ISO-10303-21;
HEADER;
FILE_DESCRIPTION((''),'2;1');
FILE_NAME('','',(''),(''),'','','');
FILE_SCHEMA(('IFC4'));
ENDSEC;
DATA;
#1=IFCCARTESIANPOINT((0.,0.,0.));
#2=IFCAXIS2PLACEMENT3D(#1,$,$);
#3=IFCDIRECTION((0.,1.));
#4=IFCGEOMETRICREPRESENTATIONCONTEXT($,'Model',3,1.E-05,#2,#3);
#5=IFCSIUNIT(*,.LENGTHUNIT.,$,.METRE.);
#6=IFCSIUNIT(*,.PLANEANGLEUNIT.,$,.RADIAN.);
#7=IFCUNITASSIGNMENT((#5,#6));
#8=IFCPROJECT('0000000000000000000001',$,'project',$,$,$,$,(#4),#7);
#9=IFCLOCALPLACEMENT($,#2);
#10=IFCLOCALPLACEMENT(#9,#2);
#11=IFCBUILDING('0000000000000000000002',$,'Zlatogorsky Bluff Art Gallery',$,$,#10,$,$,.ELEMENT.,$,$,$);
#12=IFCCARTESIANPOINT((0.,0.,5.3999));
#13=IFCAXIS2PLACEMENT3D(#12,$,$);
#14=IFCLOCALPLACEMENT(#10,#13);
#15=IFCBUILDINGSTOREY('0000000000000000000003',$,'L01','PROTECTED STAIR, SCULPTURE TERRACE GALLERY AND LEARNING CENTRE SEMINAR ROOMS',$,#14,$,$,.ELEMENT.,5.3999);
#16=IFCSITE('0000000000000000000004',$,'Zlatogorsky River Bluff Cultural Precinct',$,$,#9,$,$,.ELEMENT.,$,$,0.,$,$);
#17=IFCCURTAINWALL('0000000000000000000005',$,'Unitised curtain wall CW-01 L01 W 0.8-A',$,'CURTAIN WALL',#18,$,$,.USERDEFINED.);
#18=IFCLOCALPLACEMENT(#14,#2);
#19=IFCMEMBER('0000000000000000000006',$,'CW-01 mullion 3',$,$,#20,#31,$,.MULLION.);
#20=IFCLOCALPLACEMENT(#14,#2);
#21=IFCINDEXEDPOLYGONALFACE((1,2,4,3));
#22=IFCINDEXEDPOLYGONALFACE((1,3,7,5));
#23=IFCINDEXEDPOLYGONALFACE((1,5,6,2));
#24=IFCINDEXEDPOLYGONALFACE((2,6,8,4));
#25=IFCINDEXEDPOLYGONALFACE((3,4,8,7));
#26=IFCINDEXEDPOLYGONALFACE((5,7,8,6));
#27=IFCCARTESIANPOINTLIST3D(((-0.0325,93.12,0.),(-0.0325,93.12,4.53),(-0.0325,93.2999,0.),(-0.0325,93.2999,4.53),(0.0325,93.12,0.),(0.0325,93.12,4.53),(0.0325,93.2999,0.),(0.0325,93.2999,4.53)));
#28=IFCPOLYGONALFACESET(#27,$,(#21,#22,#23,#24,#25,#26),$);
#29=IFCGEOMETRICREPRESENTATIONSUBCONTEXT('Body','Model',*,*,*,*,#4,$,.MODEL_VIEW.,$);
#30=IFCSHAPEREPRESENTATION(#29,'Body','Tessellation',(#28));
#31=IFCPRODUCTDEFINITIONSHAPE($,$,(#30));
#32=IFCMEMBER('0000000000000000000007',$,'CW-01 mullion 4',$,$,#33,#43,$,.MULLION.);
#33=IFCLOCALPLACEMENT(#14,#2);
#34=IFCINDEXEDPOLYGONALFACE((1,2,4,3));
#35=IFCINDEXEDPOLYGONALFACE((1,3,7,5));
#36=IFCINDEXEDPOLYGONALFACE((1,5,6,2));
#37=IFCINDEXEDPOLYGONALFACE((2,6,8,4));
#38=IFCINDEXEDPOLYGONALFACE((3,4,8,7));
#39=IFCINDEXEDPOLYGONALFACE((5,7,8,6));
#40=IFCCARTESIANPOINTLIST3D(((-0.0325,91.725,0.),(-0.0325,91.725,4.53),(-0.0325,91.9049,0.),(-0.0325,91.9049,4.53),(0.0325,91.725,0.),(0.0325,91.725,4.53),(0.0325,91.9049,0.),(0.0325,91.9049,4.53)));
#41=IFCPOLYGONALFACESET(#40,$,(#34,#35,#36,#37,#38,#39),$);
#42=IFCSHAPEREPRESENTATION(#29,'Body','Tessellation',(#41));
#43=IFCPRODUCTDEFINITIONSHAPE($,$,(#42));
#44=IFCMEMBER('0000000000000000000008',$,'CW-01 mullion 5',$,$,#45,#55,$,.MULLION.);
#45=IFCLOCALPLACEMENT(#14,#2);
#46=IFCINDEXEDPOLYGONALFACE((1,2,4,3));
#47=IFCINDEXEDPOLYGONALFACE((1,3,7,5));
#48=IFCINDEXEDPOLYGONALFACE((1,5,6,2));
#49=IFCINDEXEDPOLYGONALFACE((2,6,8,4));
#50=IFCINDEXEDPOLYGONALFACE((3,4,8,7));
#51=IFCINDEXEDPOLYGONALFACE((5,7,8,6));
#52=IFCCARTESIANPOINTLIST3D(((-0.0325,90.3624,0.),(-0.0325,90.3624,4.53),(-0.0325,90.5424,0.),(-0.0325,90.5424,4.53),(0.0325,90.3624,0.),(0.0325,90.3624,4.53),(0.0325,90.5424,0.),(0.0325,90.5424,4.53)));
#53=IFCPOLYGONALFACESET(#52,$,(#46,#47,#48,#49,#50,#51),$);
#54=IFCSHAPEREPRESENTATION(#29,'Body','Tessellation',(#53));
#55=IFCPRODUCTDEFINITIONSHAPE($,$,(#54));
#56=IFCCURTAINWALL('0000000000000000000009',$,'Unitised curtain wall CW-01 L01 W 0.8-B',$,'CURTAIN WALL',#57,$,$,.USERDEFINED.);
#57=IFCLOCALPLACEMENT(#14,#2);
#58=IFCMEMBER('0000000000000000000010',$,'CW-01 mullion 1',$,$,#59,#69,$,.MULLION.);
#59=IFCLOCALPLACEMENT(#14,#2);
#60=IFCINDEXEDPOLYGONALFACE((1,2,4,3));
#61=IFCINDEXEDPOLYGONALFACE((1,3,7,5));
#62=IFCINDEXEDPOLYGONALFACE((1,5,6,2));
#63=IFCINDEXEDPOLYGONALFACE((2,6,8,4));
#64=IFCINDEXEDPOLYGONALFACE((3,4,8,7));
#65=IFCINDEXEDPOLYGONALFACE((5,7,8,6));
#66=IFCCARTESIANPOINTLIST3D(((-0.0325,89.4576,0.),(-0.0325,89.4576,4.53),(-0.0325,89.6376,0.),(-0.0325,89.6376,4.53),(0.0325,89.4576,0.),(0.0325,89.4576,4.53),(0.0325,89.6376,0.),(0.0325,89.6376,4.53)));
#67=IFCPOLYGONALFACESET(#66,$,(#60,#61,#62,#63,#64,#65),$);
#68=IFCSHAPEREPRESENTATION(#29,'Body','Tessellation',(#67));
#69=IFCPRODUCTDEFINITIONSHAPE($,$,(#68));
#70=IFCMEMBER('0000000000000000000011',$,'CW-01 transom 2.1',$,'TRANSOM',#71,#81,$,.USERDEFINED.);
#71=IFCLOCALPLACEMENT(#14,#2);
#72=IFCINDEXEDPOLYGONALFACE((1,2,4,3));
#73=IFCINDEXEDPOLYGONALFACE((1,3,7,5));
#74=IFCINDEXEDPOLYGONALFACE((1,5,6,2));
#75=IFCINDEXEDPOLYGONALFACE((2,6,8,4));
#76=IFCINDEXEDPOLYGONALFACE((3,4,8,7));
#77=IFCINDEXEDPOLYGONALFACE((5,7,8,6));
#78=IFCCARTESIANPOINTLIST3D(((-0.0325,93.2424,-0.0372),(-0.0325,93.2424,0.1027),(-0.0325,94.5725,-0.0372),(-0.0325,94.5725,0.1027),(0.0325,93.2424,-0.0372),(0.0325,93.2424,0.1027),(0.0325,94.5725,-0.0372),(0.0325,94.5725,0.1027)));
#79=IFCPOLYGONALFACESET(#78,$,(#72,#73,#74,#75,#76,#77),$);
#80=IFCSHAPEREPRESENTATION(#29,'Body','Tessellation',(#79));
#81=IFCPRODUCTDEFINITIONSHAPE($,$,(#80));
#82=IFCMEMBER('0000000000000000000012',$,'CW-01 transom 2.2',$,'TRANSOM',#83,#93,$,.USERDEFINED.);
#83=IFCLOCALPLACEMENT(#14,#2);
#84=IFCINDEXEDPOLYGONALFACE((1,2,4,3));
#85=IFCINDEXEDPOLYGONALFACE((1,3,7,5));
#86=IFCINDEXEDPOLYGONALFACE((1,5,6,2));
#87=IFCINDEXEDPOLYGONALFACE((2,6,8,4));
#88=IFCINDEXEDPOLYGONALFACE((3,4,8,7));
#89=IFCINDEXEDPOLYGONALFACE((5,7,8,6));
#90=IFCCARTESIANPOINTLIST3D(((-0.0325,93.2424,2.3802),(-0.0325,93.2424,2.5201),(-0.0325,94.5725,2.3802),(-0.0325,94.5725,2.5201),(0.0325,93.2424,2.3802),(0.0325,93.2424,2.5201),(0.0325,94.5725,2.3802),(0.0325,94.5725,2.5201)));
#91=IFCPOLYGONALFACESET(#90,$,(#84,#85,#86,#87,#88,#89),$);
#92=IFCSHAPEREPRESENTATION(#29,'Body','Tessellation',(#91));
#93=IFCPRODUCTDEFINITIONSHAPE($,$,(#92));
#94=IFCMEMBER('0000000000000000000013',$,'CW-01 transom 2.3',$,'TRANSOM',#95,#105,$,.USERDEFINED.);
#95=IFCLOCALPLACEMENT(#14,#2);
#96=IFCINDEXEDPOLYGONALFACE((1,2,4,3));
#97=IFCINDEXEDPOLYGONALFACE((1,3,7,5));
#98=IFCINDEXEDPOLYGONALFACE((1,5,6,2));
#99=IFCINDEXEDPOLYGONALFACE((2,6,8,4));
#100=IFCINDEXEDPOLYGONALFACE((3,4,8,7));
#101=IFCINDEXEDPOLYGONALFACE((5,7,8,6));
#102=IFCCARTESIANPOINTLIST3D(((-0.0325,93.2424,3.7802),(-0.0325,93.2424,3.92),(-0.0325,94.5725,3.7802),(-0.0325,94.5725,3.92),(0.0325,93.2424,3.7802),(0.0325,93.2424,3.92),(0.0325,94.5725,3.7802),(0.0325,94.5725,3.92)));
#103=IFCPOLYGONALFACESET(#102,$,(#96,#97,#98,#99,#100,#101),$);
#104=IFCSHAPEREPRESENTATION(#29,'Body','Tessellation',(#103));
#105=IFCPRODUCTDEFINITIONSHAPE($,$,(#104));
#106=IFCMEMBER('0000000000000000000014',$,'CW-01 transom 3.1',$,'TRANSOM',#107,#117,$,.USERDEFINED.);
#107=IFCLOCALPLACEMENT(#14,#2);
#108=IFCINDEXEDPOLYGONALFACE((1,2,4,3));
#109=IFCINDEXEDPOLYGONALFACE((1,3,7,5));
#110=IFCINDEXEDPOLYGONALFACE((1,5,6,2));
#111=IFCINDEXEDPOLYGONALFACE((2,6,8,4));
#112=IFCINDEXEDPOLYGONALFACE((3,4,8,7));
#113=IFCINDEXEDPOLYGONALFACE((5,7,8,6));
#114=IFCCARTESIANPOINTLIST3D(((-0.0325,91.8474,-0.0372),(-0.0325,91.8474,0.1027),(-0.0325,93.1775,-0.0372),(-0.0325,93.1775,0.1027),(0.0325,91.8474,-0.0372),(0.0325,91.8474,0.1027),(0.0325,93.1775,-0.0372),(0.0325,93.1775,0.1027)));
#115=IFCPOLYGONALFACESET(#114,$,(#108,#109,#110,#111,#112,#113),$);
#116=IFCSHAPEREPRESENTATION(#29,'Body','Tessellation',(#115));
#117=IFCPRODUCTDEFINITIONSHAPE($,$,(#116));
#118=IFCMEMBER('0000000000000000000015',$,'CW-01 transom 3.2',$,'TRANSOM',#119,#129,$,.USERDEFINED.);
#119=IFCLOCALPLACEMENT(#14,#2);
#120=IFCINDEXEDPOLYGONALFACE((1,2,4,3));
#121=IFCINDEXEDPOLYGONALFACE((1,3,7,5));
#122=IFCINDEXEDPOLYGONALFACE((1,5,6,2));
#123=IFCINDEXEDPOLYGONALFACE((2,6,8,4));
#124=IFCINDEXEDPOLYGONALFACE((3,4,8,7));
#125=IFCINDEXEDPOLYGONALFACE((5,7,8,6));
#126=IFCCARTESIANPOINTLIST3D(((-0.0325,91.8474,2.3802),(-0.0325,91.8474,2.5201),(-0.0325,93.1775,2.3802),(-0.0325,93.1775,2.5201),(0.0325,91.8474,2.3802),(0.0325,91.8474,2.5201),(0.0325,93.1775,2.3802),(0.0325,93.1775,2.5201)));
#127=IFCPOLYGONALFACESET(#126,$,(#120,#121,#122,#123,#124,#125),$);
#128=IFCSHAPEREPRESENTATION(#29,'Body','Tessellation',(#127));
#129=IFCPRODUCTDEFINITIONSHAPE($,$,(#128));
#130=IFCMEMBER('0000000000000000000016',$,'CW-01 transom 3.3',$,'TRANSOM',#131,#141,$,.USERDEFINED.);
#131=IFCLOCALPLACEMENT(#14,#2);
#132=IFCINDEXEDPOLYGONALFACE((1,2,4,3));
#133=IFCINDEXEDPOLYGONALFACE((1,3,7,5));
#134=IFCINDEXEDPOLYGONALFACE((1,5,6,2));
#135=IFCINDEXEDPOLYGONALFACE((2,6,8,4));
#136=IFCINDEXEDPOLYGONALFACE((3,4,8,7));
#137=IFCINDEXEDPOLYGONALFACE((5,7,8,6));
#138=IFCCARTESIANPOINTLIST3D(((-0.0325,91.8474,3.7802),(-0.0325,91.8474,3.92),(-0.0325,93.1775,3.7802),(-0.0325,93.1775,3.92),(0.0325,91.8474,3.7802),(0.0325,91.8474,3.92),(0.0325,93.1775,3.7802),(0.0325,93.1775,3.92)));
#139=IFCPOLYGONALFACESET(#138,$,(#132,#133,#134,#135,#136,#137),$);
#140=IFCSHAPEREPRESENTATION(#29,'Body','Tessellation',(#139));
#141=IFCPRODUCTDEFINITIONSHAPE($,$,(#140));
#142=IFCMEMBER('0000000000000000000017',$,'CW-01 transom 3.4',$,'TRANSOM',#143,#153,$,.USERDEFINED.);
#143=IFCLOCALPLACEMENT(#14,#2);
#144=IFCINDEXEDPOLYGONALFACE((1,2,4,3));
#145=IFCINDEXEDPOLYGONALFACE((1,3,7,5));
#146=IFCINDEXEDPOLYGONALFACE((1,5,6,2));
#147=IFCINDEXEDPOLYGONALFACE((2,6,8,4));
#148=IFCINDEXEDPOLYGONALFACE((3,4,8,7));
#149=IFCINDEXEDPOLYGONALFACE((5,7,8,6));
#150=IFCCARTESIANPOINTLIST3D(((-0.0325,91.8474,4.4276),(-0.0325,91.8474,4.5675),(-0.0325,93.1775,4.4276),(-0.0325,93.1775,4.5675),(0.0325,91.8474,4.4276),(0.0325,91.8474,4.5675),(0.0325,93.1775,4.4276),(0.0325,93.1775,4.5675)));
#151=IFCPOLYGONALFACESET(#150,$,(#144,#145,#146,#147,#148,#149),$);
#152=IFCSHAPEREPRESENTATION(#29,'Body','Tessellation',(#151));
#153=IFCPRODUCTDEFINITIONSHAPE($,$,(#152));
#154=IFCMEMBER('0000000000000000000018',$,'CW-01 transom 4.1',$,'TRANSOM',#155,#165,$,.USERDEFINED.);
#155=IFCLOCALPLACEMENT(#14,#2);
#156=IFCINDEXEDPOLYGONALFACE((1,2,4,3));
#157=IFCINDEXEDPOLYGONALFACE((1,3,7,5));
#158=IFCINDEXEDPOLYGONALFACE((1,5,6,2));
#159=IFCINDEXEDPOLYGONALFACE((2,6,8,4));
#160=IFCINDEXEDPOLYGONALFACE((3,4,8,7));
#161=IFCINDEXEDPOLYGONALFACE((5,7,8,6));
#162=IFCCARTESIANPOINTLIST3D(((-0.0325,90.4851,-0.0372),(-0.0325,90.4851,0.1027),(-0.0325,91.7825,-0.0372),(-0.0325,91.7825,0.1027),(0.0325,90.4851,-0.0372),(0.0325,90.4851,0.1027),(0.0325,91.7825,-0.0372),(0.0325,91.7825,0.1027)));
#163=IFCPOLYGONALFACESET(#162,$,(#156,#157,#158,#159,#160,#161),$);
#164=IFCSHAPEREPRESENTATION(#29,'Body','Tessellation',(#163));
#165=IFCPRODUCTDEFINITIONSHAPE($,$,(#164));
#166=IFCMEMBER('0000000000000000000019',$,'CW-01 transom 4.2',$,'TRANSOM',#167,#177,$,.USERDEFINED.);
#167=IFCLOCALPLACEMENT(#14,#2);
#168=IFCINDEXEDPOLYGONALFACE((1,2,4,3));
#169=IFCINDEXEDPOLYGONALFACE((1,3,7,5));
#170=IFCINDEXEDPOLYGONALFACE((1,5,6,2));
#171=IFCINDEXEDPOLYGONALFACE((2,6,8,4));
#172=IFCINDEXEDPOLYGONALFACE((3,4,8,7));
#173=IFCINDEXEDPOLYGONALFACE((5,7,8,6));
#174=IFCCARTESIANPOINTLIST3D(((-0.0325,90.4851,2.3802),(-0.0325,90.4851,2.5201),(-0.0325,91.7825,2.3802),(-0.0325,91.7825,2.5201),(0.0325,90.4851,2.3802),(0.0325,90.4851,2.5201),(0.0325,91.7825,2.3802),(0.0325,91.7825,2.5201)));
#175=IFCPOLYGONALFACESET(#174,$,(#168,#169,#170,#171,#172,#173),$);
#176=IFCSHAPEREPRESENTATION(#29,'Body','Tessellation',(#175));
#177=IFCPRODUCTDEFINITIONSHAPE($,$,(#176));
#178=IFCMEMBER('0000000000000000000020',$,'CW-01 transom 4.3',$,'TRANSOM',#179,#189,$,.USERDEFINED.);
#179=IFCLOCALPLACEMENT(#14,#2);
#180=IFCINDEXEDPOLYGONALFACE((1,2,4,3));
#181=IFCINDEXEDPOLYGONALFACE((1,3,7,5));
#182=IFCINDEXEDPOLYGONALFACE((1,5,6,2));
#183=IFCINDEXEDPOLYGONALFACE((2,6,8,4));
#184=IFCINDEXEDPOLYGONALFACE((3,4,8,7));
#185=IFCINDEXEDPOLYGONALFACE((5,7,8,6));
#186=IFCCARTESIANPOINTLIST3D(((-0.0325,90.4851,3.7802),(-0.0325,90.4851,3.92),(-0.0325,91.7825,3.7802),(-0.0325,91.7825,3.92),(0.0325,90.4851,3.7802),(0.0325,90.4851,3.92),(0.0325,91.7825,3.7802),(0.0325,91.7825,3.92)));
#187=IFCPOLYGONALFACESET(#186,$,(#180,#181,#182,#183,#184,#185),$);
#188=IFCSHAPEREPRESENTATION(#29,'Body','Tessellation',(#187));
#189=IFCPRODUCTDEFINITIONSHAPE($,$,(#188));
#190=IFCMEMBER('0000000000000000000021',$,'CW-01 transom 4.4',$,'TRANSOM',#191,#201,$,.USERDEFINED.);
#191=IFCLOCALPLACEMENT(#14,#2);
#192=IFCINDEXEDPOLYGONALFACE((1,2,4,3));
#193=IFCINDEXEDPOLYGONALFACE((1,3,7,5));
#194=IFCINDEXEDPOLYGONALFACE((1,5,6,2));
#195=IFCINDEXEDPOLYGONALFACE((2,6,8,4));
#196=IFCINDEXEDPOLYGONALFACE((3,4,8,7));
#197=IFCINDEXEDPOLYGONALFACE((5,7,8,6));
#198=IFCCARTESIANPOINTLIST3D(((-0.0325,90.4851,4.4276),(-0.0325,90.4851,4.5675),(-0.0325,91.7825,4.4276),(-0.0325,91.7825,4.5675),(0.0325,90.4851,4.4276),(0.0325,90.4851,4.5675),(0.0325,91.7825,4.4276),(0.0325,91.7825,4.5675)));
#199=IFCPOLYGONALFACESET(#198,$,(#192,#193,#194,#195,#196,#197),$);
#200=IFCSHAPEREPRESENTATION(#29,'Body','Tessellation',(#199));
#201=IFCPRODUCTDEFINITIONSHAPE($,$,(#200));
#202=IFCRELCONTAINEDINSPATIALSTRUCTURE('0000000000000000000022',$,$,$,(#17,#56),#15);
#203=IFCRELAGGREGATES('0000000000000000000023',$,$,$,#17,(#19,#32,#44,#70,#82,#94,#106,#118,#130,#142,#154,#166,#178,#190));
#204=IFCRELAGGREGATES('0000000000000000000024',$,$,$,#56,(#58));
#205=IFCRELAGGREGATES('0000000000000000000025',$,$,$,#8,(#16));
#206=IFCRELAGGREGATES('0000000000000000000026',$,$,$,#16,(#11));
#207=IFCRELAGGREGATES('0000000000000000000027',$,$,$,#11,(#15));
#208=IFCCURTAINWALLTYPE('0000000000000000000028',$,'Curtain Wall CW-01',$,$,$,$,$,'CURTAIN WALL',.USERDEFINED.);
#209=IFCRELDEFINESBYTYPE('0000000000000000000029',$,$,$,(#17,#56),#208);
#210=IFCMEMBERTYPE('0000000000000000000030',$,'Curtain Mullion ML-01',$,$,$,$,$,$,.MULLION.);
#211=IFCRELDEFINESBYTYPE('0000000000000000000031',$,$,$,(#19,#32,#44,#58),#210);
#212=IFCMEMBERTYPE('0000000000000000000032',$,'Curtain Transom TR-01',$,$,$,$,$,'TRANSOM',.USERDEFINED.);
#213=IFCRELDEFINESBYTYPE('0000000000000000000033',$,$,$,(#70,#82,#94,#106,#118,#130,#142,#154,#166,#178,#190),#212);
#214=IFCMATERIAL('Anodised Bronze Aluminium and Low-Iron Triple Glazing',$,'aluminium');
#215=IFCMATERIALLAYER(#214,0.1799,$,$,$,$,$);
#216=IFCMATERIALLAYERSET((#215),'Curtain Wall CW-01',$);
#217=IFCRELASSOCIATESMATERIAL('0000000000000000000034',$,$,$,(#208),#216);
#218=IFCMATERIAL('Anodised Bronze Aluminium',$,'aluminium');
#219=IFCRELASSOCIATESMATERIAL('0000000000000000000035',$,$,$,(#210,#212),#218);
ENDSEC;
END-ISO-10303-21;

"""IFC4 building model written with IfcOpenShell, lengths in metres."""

from ifc_helpers import new_model, si_unit, direction, frame, origin, origin_2d, place, context, subcontext, project, spatial, rectangle, extrude, material, layer, layer_set, material_profile, profile_set, type_object, element, aggregate, save


model = new_model("IFC4")

# Units and contexts
model_context = context("Model", 3, precision=1e-05, world=origin(), true_north=direction((0.0, 1.0)))
body_context = subcontext(model_context, "Body", "Model", "MODEL_VIEW")
ifc_project = project(units=[si_unit("LENGTHUNIT", "METRE"), si_unit("PLANEANGLEUNIT", "RADIAN")], contexts=[model_context])

# Site, building, storey
site_placement = place(None, origin())
site = spatial("IfcSite", under=ifc_project, at=site_placement, Name="Zlatogorsky River Bluff Cultural Precinct", CompositionType="ELEMENT", RefElevation=0.0)
building_placement = place(site_placement, origin())
building = spatial("IfcBuilding", under=site, at=building_placement, Name="Zlatogorsky Bluff Art Gallery", CompositionType="ELEMENT")
storey_placement = place(building_placement, frame((0.0, 0.0, 5.3999)))
storey = spatial("IfcBuildingStorey", under=building, at=storey_placement, Name="L01", Description="PROTECTED STAIR, SCULPTURE TERRACE GALLERY AND LEARNING CENTRE SEMINAR ROOMS", CompositionType="ELEMENT", Elevation=5.3999)

# Curtain wall, members
ifc_material_1 = material(Name="Anodised Bronze Aluminium and Low-Iron Triple Glazing", Category="aluminium")
ifc_layer_1 = layer(ifc_material_1, 0.1799)
ifc_layer_set_1 = layer_set([ifc_layer_1], Name="Curtain Wall CW-01")
curtain_wall_type = type_object("IfcCurtainWallType", Name="Curtain Wall CW-01", ElementType="CURTAIN WALL", PredefinedType="USERDEFINED", material=ifc_layer_set_1)
curtain_wall_1_placement = place(storey_placement, origin())
curtain_wall_1 = element("IfcCurtainWall", 1, at=curtain_wall_1_placement, inside=storey, type_object=curtain_wall_type, Name="Unitised curtain wall CW-01 L01 W 0.8-A", ObjectType="CURTAIN WALL", PredefinedType="USERDEFINED")
ifc_material_2 = material(Name="Anodised Bronze Aluminium", Category="aluminium")
ifc_material_profile_1 = material_profile(ifc_material_2, rectangle(XDim=0.0649, YDim=0.1799, at=origin_2d()), Name="ALU MULLION 65x180")
ifc_profile_set_1 = profile_set([ifc_material_profile_1], Name="Anodised Bronze Aluminium")
member_type_1 = type_object("IfcMemberType", Name="Curtain Mullion ML-01", PredefinedType="MULLION", material=ifc_profile_set_1)
member_1_placement = place(storey_placement, frame((0.0, 93.21, 0.0), z_axis=(0.0, 0.0, 1.0), x_axis=(1.0, 0.0, 0.0)))
member_1 = element("IfcMember", 2, at=member_1_placement, type_object=member_type_1, Name="CW-01 mullion 3", PredefinedType="MULLION", context=body_context, shape_type="SweptSolid", body=[
    extrude(rectangle(XDim=0.0649, YDim=0.1799, at=origin_2d()), origin(), (0.0, 0.0, 1.0), 4.53),
])
member_2_placement = place(storey_placement, frame((0.0, 91.8149, 0.0), z_axis=(0.0, 0.0, 1.0), x_axis=(1.0, 0.0, 0.0)))
member_2 = element("IfcMember", 3, at=member_2_placement, type_object=member_type_1, Name="CW-01 mullion 4", PredefinedType="MULLION", context=body_context, shape_type="SweptSolid", body=[
    extrude(rectangle(XDim=0.0649, YDim=0.1799, at=origin_2d()), origin(), (0.0, 0.0, 1.0), 4.53),
])
member_3_placement = place(storey_placement, frame((0.0, 90.4524, 0.0), z_axis=(0.0, 0.0, 1.0), x_axis=(1.0, 0.0, 0.0)))
member_3 = element("IfcMember", 4, at=member_3_placement, type_object=member_type_1, Name="CW-01 mullion 5", PredefinedType="MULLION", context=body_context, shape_type="SweptSolid", body=[
    extrude(rectangle(XDim=0.0649, YDim=0.1799, at=origin_2d()), origin(), (0.0, 0.0, 1.0), 4.53),
])

# Curtain wall, member
curtain_wall_2_placement = place(storey_placement, origin())
curtain_wall_2 = element("IfcCurtainWall", 5, at=curtain_wall_2_placement, inside=storey, type_object=curtain_wall_type, Name="Unitised curtain wall CW-01 L01 W 0.8-B", ObjectType="CURTAIN WALL", PredefinedType="USERDEFINED")
member_4_placement = place(storey_placement, frame((0.0, 89.5476, 0.0), z_axis=(0.0, 0.0, 1.0), x_axis=(1.0, 0.0, 0.0)))
member_4 = element("IfcMember", 6, at=member_4_placement, type_object=member_type_1, Name="CW-01 mullion 1", PredefinedType="MULLION", context=body_context, shape_type="SweptSolid", body=[
    extrude(rectangle(XDim=0.0649, YDim=0.1799, at=origin_2d()), origin(), (0.0, 0.0, 1.0), 4.53),
])

# Members
ifc_material_profile_2 = material_profile(ifc_material_2, rectangle(XDim=0.0649, YDim=0.1399, at=origin_2d()), Name="ALU TRANSOM 65x140")
ifc_profile_set_2 = profile_set([ifc_material_profile_2], Name="Anodised Bronze Aluminium")
member_type_2 = type_object("IfcMemberType", Name="Curtain Transom TR-01", ElementType="TRANSOM", PredefinedType="USERDEFINED", material=ifc_profile_set_2)
member_5_placement = place(storey_placement, frame((0.0, 94.5725, 0.0327), z_axis=(0.0, -1.0, 0.0), x_axis=(1.0, 0.0, 0.0)))
member_5 = element("IfcMember", 7, at=member_5_placement, type_object=member_type_2, Name="CW-01 transom 2.1", ObjectType="TRANSOM", PredefinedType="USERDEFINED", context=body_context, shape_type="SweptSolid", body=[
    extrude(rectangle(XDim=0.0649, YDim=0.1399, at=origin_2d()), origin(), (0.0, 0.0, 1.0), 1.3301),
])
member_6_placement = place(storey_placement, frame((0.0, 94.5725, 2.4502), z_axis=(0.0, -1.0, 0.0), x_axis=(1.0, 0.0, 0.0)))
member_6 = element("IfcMember", 8, at=member_6_placement, type_object=member_type_2, Name="CW-01 transom 2.2", ObjectType="TRANSOM", PredefinedType="USERDEFINED", context=body_context, shape_type="SweptSolid", body=[
    extrude(rectangle(XDim=0.0649, YDim=0.1399, at=origin_2d()), origin(), (0.0, 0.0, 1.0), 1.3301),
])
member_7_placement = place(storey_placement, frame((0.0, 94.5725, 3.8501), z_axis=(0.0, -1.0, 0.0), x_axis=(1.0, 0.0, 0.0)))
member_7 = element("IfcMember", 9, at=member_7_placement, type_object=member_type_2, Name="CW-01 transom 2.3", ObjectType="TRANSOM", PredefinedType="USERDEFINED", context=body_context, shape_type="SweptSolid", body=[
    extrude(rectangle(XDim=0.0649, YDim=0.1399, at=origin_2d()), origin(), (0.0, 0.0, 1.0), 1.3301),
])
member_8_placement = place(storey_placement, frame((0.0, 93.1775, 0.0327), z_axis=(0.0, -1.0, 0.0), x_axis=(1.0, 0.0, 0.0)))
member_8 = element("IfcMember", 10, at=member_8_placement, type_object=member_type_2, Name="CW-01 transom 3.1", ObjectType="TRANSOM", PredefinedType="USERDEFINED", context=body_context, shape_type="SweptSolid", body=[
    extrude(rectangle(XDim=0.0649, YDim=0.1399, at=origin_2d()), origin(), (0.0, 0.0, 1.0), 1.3301),
])
member_9_placement = place(storey_placement, frame((0.0, 93.1775, 2.4502), z_axis=(0.0, -1.0, 0.0), x_axis=(1.0, 0.0, 0.0)))
member_9 = element("IfcMember", 11, at=member_9_placement, type_object=member_type_2, Name="CW-01 transom 3.2", ObjectType="TRANSOM", PredefinedType="USERDEFINED", context=body_context, shape_type="SweptSolid", body=[
    extrude(rectangle(XDim=0.0649, YDim=0.1399, at=origin_2d()), origin(), (0.0, 0.0, 1.0), 1.3301),
])
member_10_placement = place(storey_placement, frame((0.0, 93.1775, 3.8501), z_axis=(0.0, -1.0, 0.0), x_axis=(1.0, 0.0, 0.0)))
member_10 = element("IfcMember", 12, at=member_10_placement, type_object=member_type_2, Name="CW-01 transom 3.3", ObjectType="TRANSOM", PredefinedType="USERDEFINED", context=body_context, shape_type="SweptSolid", body=[
    extrude(rectangle(XDim=0.0649, YDim=0.1399, at=origin_2d()), origin(), (0.0, 0.0, 1.0), 1.3301),
])
member_11_placement = place(storey_placement, frame((0.0, 93.1775, 4.4976), z_axis=(0.0, -1.0, 0.0), x_axis=(1.0, 0.0, 0.0)))
member_11 = element("IfcMember", 13, at=member_11_placement, type_object=member_type_2, Name="CW-01 transom 3.4", ObjectType="TRANSOM", PredefinedType="USERDEFINED", context=body_context, shape_type="SweptSolid", body=[
    extrude(rectangle(XDim=0.0649, YDim=0.1399, at=origin_2d()), origin(), (0.0, 0.0, 1.0), 1.3301),
])
member_12_placement = place(storey_placement, frame((0.0, 91.7825, 0.0327), z_axis=(0.0, -1.0, 0.0), x_axis=(1.0, 0.0, 0.0)))
member_12 = element("IfcMember", 14, at=member_12_placement, type_object=member_type_2, Name="CW-01 transom 4.1", ObjectType="TRANSOM", PredefinedType="USERDEFINED", context=body_context, shape_type="SweptSolid", body=[
    extrude(rectangle(XDim=0.0649, YDim=0.1399, at=origin_2d()), origin(), (0.0, 0.0, 1.0), 1.2974),
])
member_13_placement = place(storey_placement, frame((0.0, 91.7825, 2.4502), z_axis=(0.0, -1.0, 0.0), x_axis=(1.0, 0.0, 0.0)))
member_13 = element("IfcMember", 15, at=member_13_placement, type_object=member_type_2, Name="CW-01 transom 4.2", ObjectType="TRANSOM", PredefinedType="USERDEFINED", context=body_context, shape_type="SweptSolid", body=[
    extrude(rectangle(XDim=0.0649, YDim=0.1399, at=origin_2d()), origin(), (0.0, 0.0, 1.0), 1.2974),
])
member_14_placement = place(storey_placement, frame((0.0, 91.7825, 3.8501), z_axis=(0.0, -1.0, 0.0), x_axis=(1.0, 0.0, 0.0)))
member_14 = element("IfcMember", 16, at=member_14_placement, type_object=member_type_2, Name="CW-01 transom 4.3", ObjectType="TRANSOM", PredefinedType="USERDEFINED", context=body_context, shape_type="SweptSolid", body=[
    extrude(rectangle(XDim=0.0649, YDim=0.1399, at=origin_2d()), origin(), (0.0, 0.0, 1.0), 1.2974),
])
member_15_placement = place(storey_placement, frame((0.0, 91.7825, 4.4976), z_axis=(0.0, -1.0, 0.0), x_axis=(1.0, 0.0, 0.0)))
member_15 = element("IfcMember", 17, at=member_15_placement, type_object=member_type_2, Name="CW-01 transom 4.4", ObjectType="TRANSOM", PredefinedType="USERDEFINED", context=body_context, shape_type="SweptSolid", body=[
    extrude(rectangle(XDim=0.0649, YDim=0.1399, at=origin_2d()), origin(), (0.0, 0.0, 1.0), 1.2974),
])

aggregate(curtain_wall_1, [member_1, member_2, member_3, member_5, member_6, member_7, member_8, member_9, member_10, member_11, member_12, member_13, member_14, member_15])
aggregate(curtain_wall_2, [member_4])

save(model, "model.ifc")
